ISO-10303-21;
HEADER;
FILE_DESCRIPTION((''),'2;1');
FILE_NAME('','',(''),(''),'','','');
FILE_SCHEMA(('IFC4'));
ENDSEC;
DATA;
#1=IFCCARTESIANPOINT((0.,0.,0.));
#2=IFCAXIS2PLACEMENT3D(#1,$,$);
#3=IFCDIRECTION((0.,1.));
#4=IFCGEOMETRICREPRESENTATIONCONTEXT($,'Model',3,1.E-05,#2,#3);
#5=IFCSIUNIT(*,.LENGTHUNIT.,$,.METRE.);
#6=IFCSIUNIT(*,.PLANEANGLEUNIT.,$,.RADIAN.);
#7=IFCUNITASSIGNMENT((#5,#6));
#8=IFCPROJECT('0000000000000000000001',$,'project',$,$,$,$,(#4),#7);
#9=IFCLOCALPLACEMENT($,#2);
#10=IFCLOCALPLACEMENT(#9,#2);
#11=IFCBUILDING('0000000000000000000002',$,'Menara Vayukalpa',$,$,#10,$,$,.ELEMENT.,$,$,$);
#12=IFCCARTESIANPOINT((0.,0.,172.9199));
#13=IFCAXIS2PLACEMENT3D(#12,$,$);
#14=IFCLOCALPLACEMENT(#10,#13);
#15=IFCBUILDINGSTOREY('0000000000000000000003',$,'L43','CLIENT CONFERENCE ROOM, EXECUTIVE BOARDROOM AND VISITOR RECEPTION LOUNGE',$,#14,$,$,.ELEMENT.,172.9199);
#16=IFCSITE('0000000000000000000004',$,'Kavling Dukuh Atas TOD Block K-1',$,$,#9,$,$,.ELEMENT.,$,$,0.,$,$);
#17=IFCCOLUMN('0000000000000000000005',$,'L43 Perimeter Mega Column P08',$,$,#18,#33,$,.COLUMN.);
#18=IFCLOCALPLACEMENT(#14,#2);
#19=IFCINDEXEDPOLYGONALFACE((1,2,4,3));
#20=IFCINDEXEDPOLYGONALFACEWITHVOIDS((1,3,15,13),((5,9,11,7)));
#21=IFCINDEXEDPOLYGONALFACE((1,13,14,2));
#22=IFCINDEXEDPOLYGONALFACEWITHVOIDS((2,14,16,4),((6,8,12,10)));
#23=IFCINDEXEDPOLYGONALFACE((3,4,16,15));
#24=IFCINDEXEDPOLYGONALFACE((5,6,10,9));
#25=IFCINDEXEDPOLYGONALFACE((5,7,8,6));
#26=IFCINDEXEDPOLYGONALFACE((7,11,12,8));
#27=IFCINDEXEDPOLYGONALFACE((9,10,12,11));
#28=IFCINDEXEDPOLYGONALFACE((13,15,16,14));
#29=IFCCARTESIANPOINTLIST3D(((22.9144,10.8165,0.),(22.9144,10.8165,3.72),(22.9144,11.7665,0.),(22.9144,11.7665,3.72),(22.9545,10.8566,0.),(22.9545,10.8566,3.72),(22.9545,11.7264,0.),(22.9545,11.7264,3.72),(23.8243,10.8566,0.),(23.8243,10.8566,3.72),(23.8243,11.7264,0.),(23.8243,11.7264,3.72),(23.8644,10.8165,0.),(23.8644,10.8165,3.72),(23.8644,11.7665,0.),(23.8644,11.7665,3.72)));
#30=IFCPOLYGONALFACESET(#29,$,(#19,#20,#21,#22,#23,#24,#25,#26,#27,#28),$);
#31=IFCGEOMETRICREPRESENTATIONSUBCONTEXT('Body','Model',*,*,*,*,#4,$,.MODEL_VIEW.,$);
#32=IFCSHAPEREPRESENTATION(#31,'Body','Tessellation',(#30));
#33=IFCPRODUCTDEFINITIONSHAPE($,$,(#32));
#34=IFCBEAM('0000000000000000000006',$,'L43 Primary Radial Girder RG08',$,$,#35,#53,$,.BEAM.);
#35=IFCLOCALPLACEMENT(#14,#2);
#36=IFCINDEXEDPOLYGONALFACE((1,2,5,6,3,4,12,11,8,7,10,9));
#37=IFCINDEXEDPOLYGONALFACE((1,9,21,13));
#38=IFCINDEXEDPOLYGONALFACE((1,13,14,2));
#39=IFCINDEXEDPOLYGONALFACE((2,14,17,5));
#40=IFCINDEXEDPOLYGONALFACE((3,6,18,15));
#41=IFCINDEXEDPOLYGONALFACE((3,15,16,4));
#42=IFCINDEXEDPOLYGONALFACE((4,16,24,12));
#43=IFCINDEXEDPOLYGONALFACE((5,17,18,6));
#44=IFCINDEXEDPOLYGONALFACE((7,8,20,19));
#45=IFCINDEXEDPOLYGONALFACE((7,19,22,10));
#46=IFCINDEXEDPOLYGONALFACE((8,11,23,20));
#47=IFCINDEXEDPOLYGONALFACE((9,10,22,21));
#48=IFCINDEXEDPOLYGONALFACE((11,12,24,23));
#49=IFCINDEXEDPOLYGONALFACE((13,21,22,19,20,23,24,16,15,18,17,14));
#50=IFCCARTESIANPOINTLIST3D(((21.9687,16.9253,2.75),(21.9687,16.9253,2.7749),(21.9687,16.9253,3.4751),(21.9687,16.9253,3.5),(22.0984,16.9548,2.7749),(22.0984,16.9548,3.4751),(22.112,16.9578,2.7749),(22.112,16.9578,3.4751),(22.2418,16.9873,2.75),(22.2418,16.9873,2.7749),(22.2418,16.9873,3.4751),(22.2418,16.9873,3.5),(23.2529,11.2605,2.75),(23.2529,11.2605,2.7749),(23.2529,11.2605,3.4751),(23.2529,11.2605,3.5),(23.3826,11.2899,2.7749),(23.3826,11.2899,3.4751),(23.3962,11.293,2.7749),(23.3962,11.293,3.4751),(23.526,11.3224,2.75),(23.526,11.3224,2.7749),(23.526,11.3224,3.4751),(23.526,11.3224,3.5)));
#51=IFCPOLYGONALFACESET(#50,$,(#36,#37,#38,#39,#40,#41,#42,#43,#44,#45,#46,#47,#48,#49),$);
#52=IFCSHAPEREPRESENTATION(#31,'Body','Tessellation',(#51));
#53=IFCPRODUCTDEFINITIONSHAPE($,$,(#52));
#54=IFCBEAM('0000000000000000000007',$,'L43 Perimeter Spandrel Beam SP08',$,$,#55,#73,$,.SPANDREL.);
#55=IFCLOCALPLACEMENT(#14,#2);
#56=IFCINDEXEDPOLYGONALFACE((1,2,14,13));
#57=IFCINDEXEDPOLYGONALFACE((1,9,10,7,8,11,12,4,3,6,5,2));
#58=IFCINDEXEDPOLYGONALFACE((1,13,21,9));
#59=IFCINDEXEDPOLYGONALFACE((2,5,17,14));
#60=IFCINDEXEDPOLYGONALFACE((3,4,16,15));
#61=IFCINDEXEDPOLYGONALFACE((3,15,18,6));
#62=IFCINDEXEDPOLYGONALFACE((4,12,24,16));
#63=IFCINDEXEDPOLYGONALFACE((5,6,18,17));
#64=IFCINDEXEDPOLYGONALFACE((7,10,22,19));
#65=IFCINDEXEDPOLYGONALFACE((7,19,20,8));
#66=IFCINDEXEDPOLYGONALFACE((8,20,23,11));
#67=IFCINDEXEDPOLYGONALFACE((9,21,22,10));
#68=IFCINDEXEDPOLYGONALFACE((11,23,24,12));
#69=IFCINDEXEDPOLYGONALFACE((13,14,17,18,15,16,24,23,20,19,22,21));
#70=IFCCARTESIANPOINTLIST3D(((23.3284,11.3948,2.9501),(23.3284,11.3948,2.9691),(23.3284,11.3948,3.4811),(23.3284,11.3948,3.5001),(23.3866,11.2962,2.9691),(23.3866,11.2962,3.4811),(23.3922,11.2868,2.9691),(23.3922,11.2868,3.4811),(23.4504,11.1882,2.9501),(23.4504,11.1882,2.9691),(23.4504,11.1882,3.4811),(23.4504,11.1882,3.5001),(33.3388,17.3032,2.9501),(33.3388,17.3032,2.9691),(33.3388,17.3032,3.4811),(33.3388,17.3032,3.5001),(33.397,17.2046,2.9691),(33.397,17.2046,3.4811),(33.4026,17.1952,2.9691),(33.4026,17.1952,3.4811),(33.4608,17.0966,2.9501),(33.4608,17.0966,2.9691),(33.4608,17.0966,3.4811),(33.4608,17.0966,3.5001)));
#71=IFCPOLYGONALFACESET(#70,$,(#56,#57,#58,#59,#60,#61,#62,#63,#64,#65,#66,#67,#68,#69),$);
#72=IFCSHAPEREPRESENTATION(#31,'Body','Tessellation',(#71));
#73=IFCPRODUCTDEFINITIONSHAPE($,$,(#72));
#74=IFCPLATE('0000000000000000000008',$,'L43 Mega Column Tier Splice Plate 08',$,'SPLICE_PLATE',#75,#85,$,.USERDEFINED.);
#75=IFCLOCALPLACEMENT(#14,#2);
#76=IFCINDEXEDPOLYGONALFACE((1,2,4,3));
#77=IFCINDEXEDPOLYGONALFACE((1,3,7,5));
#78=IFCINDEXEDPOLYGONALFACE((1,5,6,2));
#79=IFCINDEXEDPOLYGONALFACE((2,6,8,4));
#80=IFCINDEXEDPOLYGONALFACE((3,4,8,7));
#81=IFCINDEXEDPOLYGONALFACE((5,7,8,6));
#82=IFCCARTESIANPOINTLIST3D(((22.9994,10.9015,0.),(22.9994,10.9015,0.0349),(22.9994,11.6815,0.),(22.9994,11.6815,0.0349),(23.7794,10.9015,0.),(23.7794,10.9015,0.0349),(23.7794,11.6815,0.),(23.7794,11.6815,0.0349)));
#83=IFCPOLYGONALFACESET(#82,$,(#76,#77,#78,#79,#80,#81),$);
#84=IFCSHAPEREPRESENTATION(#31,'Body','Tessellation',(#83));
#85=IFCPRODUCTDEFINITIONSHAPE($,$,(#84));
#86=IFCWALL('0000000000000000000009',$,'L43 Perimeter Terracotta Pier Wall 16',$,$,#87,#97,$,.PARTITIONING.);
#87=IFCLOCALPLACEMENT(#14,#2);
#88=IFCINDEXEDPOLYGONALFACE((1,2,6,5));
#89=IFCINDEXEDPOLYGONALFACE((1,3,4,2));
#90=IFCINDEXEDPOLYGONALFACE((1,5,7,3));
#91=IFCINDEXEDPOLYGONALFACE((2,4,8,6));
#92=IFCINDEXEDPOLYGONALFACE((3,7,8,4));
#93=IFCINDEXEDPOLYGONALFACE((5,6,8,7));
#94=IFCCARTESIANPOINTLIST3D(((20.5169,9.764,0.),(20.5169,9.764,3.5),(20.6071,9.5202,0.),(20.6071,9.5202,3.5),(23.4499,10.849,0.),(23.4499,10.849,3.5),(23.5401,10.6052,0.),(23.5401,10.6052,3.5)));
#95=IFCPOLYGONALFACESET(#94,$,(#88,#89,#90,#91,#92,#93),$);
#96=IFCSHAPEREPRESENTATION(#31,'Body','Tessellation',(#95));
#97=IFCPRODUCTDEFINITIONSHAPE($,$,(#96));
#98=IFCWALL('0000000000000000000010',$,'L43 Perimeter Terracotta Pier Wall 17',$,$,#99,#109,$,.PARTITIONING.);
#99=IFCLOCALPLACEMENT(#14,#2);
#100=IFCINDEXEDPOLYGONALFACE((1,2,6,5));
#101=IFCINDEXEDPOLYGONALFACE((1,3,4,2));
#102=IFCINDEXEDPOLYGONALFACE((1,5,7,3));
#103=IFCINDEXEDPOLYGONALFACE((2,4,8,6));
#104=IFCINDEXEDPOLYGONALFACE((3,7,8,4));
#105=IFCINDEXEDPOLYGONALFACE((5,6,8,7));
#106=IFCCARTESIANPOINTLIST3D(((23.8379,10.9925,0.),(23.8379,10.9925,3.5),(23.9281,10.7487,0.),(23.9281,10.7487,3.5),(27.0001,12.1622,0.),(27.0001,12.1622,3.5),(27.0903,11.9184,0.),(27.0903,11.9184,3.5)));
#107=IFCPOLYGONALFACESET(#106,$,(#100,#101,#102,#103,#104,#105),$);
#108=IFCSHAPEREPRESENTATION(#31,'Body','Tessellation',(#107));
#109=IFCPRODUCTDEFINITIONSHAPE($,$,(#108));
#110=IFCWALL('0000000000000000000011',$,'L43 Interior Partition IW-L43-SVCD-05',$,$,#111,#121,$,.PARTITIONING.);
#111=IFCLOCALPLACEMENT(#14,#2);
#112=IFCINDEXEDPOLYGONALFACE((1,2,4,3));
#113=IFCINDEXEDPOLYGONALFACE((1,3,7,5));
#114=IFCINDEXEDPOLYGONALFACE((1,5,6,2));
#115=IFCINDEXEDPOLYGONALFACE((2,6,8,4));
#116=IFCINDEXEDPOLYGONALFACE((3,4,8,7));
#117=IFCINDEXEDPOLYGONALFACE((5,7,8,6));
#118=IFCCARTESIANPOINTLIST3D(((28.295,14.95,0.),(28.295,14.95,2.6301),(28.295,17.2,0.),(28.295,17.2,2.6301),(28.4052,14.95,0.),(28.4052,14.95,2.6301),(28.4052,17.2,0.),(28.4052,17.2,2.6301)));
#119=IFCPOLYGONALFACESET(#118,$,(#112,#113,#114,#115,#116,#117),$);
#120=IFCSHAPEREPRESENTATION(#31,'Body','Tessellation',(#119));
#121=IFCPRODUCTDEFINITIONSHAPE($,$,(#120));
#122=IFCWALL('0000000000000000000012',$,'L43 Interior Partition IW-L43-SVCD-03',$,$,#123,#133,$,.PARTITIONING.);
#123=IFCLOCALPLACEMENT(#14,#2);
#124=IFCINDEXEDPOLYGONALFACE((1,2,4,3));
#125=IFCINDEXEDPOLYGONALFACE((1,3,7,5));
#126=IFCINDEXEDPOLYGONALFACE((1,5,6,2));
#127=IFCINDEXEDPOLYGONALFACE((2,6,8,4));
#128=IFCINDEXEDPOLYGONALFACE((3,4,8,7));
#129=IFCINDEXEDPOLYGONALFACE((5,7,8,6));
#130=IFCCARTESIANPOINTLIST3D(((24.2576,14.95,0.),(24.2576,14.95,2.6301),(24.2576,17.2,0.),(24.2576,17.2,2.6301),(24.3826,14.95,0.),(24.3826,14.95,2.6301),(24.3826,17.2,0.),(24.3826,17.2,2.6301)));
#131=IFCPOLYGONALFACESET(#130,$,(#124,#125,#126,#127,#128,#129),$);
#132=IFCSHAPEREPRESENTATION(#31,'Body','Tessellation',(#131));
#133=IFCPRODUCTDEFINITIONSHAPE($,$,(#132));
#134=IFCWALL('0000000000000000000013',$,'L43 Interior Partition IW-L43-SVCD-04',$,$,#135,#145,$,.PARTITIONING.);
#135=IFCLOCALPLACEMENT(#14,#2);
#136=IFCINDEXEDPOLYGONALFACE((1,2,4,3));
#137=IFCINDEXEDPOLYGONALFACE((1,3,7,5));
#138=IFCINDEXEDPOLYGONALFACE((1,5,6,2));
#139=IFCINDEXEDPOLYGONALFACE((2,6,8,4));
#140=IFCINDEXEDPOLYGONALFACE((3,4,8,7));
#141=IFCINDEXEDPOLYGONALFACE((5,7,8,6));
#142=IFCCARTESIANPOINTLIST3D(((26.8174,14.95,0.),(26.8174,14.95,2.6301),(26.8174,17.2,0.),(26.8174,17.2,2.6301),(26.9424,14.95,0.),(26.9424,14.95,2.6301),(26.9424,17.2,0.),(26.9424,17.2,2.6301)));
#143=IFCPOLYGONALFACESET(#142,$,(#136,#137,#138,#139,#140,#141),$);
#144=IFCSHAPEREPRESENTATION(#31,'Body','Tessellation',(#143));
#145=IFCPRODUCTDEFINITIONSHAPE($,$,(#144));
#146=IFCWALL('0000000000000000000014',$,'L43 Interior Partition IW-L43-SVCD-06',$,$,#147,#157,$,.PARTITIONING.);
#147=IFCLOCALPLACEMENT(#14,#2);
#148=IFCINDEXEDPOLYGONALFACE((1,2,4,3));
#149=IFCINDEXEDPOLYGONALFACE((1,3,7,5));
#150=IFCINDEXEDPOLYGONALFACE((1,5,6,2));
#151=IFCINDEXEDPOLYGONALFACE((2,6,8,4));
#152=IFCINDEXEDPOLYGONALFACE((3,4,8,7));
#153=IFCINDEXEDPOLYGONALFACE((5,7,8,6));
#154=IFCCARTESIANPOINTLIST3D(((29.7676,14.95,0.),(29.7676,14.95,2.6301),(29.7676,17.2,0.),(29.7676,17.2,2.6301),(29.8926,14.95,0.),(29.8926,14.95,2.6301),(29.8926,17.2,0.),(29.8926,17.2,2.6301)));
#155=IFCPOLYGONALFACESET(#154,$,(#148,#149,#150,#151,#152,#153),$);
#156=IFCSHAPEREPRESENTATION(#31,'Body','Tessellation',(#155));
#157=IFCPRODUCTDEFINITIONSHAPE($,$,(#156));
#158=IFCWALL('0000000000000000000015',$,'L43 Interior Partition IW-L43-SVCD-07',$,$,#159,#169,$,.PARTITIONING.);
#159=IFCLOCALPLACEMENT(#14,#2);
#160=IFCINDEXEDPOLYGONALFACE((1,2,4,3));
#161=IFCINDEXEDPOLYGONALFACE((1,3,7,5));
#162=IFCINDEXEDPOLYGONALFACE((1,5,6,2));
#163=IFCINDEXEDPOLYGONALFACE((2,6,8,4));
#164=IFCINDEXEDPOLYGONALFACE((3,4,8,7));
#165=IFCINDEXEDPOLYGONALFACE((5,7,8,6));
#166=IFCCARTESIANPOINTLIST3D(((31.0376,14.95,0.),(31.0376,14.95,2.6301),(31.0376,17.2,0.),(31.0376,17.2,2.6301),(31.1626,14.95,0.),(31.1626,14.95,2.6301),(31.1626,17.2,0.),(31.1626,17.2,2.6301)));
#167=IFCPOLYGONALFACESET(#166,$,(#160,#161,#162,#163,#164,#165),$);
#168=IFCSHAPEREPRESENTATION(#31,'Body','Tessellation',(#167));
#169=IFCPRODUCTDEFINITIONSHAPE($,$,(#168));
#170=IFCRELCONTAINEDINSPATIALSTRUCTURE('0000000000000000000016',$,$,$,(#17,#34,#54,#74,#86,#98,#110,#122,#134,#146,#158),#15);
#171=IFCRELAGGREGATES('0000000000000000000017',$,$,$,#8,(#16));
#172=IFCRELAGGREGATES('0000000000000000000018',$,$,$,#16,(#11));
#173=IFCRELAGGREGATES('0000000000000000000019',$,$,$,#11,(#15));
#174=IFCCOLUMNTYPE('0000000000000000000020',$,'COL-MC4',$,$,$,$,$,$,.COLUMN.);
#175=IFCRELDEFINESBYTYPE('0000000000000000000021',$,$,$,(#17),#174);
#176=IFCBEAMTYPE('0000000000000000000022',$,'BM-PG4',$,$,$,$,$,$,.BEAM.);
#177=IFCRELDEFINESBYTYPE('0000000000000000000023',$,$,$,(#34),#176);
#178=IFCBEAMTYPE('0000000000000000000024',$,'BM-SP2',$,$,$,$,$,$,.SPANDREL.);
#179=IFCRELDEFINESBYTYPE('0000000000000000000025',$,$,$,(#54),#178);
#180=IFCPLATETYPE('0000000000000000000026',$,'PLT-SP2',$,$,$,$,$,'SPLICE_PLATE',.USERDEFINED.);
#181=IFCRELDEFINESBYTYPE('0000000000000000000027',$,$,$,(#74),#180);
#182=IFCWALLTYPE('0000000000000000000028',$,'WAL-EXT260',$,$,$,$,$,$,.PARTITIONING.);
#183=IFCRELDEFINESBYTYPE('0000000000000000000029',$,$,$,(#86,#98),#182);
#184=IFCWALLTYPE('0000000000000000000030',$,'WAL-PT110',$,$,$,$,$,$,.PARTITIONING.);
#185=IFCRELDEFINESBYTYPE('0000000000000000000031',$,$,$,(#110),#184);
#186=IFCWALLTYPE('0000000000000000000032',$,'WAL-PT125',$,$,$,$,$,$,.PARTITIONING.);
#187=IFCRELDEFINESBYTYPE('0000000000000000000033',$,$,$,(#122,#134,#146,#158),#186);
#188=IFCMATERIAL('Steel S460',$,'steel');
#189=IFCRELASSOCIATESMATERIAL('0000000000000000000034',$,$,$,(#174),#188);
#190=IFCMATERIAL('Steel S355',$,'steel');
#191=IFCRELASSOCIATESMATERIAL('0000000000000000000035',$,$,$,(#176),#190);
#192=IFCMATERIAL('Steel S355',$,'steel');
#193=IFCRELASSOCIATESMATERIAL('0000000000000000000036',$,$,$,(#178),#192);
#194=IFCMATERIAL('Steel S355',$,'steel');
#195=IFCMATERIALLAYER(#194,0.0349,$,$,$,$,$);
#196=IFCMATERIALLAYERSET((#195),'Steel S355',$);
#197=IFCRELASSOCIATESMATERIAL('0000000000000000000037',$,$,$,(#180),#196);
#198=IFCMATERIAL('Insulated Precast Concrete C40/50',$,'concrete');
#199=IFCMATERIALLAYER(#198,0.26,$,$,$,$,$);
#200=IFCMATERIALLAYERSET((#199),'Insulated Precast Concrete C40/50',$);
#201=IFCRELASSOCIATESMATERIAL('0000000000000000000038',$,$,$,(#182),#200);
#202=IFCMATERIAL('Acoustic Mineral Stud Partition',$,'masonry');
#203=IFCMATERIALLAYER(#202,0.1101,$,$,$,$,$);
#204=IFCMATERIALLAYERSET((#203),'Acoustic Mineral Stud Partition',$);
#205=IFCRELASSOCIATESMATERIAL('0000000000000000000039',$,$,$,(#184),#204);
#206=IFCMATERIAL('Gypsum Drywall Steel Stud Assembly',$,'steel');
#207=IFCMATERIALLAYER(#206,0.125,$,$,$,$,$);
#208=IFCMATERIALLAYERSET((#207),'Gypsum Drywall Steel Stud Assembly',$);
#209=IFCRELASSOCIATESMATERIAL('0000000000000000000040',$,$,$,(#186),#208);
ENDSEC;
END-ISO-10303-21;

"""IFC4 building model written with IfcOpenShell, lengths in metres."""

from ifc_helpers import new_model, si_unit, direction, frame, frame_2d, origin, origin_2d, place, context, subcontext, project, spatial, rectangle, hollow_rectangle, i_section, extrude, material, layer, layer_set, material_profile, profile_set, type_object, element, save


model = new_model("IFC4")

# Units and contexts
model_context = context("Model", 3, precision=1e-05, world=origin(), true_north=direction((0.0, 1.0)))
body_context = subcontext(model_context, "Body", "Model", "MODEL_VIEW")
ifc_project = project(units=[si_unit("LENGTHUNIT", "METRE"), si_unit("PLANEANGLEUNIT", "RADIAN")], contexts=[model_context])

# Site, building, storey
site_placement = place(None, origin())
site = spatial("IfcSite", under=ifc_project, at=site_placement, Name="Kavling Dukuh Atas TOD Block K-1", CompositionType="ELEMENT", RefElevation=0.0)
building_placement = place(site_placement, origin())
building = spatial("IfcBuilding", under=site, at=building_placement, Name="Menara Vayukalpa", CompositionType="ELEMENT")
storey_placement = place(building_placement, frame((0.0, 0.0, 172.9199)))
storey = spatial("IfcBuildingStorey", under=building, at=storey_placement, Name="L43", Description="CLIENT CONFERENCE ROOM, EXECUTIVE BOARDROOM AND VISITOR RECEPTION LOUNGE", CompositionType="ELEMENT", Elevation=172.9199)

# Column
ifc_material_1 = material(Name="Steel S460", Category="steel")
ifc_material_profile_1 = material_profile(ifc_material_1, hollow_rectangle(XDim=0.95, YDim=0.95, WallThickness=0.04, at=origin_2d()), Name="BOX 950x950x40")
ifc_profile_set_1 = profile_set([ifc_material_profile_1], Name="Steel S460")
column_type = type_object("IfcColumnType", Name="COL-MC4", PredefinedType="COLUMN", material=ifc_profile_set_1)
column_placement = place(storey_placement, frame((23.3894, 11.2915, 0.0), z_axis=(0.0, 0.0, 1.0), x_axis=(1.0, 0.0, 0.0)))
element("IfcColumn", 1, at=column_placement, inside=storey, type_object=column_type, Name="L43 Perimeter Mega Column P08", PredefinedType="COLUMN", context=body_context, shape_type="SweptSolid", body=[
    extrude(hollow_rectangle(XDim=0.95, YDim=0.95, WallThickness=0.04, at=origin_2d()), origin(), (0.0, 0.0, 1.0), 3.72),
])

# Beams
ifc_material_2 = material(Name="Steel S355", Category="steel")
ifc_material_profile_2 = material_profile(ifc_material_2, i_section(OverallWidth=0.28, OverallDepth=0.75, WebThickness=0.0139, FlangeThickness=0.0249, at=origin_2d()), Name="WF 750x280x14x25")
ifc_profile_set_2 = profile_set([ifc_material_profile_2], Name="Steel S355")
beam_type_1 = type_object("IfcBeamType", Name="BM-PG4", PredefinedType="BEAM", material=ifc_profile_set_2)
beam_1_placement = place(storey_placement, frame((22.1052, 16.9563, 3.125), z_axis=(0.221085, -0.975255, 0.0), x_axis=(0.975255, 0.221085, 0.0)))
element("IfcBeam", 2, at=beam_1_placement, inside=storey, type_object=beam_type_1, Name="L43 Primary Radial Girder RG08", PredefinedType="BEAM", context=body_context, shape_type="SweptSolid", body=[
    extrude(i_section(OverallWidth=0.28, OverallDepth=0.75, WebThickness=0.0139, FlangeThickness=0.0249, at=origin_2d()), origin(), (0.0, 0.0, 1.0), 5.8086),
])
ifc_material_3 = material(Name="Steel S355", Category="steel")
ifc_material_profile_3 = material_profile(ifc_material_3, i_section(OverallWidth=0.24, OverallDepth=0.55, WebThickness=0.011, FlangeThickness=0.019, at=origin_2d()), Name="WF 550x240x11x19")
ifc_profile_set_3 = profile_set([ifc_material_profile_3], Name="Steel S355")
beam_type_2 = type_object("IfcBeamType", Name="BM-SP2", PredefinedType="SPANDREL", material=ifc_profile_set_3)
beam_2_placement = place(storey_placement, frame((23.3894, 11.2915, 3.2251), z_axis=(0.861184, 0.508293, 0.0), x_axis=(-0.508293, 0.861184, 0.0)))
element("IfcBeam", 3, at=beam_2_placement, inside=storey, type_object=beam_type_2, Name="L43 Perimeter Spandrel Beam SP08", PredefinedType="SPANDREL", context=body_context, shape_type="SweptSolid", body=[
    extrude(i_section(OverallWidth=0.24, OverallDepth=0.55, WebThickness=0.011, FlangeThickness=0.019, at=origin_2d()), origin(), (0.0, 0.0, 1.0), 11.624),
])

# Plate
ifc_material_4 = material(Name="Steel S355", Category="steel")
ifc_layer_1 = layer(ifc_material_4, 0.0349)
ifc_layer_set_1 = layer_set([ifc_layer_1], Name="Steel S355")
plate_type = type_object("IfcPlateType", Name="PLT-SP2", ElementType="SPLICE_PLATE", PredefinedType="USERDEFINED", material=ifc_layer_set_1)
plate_placement = place(storey_placement, frame((23.3894, 11.2915, 0.0), z_axis=(0.0, 0.0, 1.0), x_axis=(1.0, 0.0, 0.0)))
element("IfcPlate", 4, at=plate_placement, inside=storey, type_object=plate_type, Name="L43 Mega Column Tier Splice Plate 08", ObjectType="SPLICE_PLATE", PredefinedType="USERDEFINED", context=body_context, shape_type="SweptSolid", body=[
    extrude(rectangle(XDim=0.78, YDim=0.78, at=origin_2d()), origin(), (0.0, 0.0, 1.0), 0.0349),
])

# Walls
ifc_material_5 = material(Name="Insulated Precast Concrete C40/50", Category="concrete")
ifc_layer_2 = layer(ifc_material_5, 0.26)
ifc_layer_set_2 = layer_set([ifc_layer_2], Name="Insulated Precast Concrete C40/50")
wall_type_1 = type_object("IfcWallType", Name="WAL-EXT260", PredefinedType="PARTITIONING", material=ifc_layer_set_2)
wall_1_placement = place(storey_placement, frame((23.4949, 10.7271, 0.0), z_axis=(0.0, 0.0, 1.0), x_axis=(-0.937882, -0.346953, 0.0)))
element("IfcWall", 5, at=wall_1_placement, inside=storey, type_object=wall_type_1, Name="L43 Perimeter Terracotta Pier Wall 16", PredefinedType="PARTITIONING", context=body_context, shape_type="SweptSolid", body=[
    extrude(rectangle(XDim=3.1272, YDim=0.26, at=frame_2d((1.5635, 0.0))), origin(), (0.0, 0.0, 1.0), 3.5),
])
wall_2_placement = place(storey_placement, frame((27.0452, 12.0403, 0.0), z_axis=(0.0, 0.0, 1.0), x_axis=(-0.937891, -0.34693, 0.0)))
element("IfcWall", 6, at=wall_2_placement, inside=storey, type_object=wall_type_1, Name="L43 Perimeter Terracotta Pier Wall 17", PredefinedType="PARTITIONING", context=body_context, shape_type="SweptSolid", body=[
    extrude(rectangle(XDim=3.3716, YDim=0.26, at=frame_2d((1.6858, 0.0))), origin(), (0.0, 0.0, 1.0), 3.5),
])
ifc_material_6 = material(Name="Acoustic Mineral Stud Partition", Category="masonry")
ifc_layer_3 = layer(ifc_material_6, 0.1101)
ifc_layer_set_3 = layer_set([ifc_layer_3], Name="Acoustic Mineral Stud Partition")
wall_type_2 = type_object("IfcWallType", Name="WAL-PT110", PredefinedType="PARTITIONING", material=ifc_layer_set_3)
wall_3_placement = place(storey_placement, frame((28.3501, 14.95, 0.0), z_axis=(0.0, 0.0, 1.0), x_axis=(0.0, 1.0, 0.0)))
element("IfcWall", 7, at=wall_3_placement, inside=storey, type_object=wall_type_2, Name="L43 Interior Partition IW-L43-SVCD-05", PredefinedType="PARTITIONING", context=body_context, shape_type="SweptSolid", body=[
    extrude(rectangle(XDim=2.25, YDim=0.1101, at=frame_2d((1.125, 0.0))), origin(), (0.0, 0.0, 1.0), 2.6301),
])
ifc_material_7 = material(Name="Gypsum Drywall Steel Stud Assembly", Category="steel")
ifc_layer_4 = layer(ifc_material_7, 0.125)
ifc_layer_set_4 = layer_set([ifc_layer_4], Name="Gypsum Drywall Steel Stud Assembly")
wall_type_3 = type_object("IfcWallType", Name="WAL-PT125", PredefinedType="PARTITIONING", material=ifc_layer_set_4)
for number, where, z_axis, x_axis, name in (
    (8, (24.3201, 14.95, 0.0), (0.0, 0.0, 1.0), (0.0, 1.0, 0.0), "L43 Interior Partition IW-L43-SVCD-03"),
    (9, (26.8799, 14.95, 0.0), (0.0, 0.0, 1.0), (0.0, 1.0, 0.0), "L43 Interior Partition IW-L43-SVCD-04"),
    (10, (29.8301, 14.95, 0.0), (0.0, 0.0, 1.0), (0.0, 1.0, 0.0), "L43 Interior Partition IW-L43-SVCD-06"),
    (11, (31.1001, 14.95, 0.0), (0.0, 0.0, 1.0), (0.0, 1.0, 0.0), "L43 Interior Partition IW-L43-SVCD-07"),
):
    element("IfcWall", number, at=place(storey_placement, frame(where, z_axis=z_axis, x_axis=x_axis)), inside=storey, type_object=wall_type_3, Name=name, PredefinedType="PARTITIONING", context=body_context, shape_type="SweptSolid", body=[
        extrude(rectangle(XDim=2.25, YDim=0.125, at=frame_2d((1.125, 0.0))), origin(), (0.0, 0.0, 1.0), 2.6301),
    ])

save(model, "model.ifc")
